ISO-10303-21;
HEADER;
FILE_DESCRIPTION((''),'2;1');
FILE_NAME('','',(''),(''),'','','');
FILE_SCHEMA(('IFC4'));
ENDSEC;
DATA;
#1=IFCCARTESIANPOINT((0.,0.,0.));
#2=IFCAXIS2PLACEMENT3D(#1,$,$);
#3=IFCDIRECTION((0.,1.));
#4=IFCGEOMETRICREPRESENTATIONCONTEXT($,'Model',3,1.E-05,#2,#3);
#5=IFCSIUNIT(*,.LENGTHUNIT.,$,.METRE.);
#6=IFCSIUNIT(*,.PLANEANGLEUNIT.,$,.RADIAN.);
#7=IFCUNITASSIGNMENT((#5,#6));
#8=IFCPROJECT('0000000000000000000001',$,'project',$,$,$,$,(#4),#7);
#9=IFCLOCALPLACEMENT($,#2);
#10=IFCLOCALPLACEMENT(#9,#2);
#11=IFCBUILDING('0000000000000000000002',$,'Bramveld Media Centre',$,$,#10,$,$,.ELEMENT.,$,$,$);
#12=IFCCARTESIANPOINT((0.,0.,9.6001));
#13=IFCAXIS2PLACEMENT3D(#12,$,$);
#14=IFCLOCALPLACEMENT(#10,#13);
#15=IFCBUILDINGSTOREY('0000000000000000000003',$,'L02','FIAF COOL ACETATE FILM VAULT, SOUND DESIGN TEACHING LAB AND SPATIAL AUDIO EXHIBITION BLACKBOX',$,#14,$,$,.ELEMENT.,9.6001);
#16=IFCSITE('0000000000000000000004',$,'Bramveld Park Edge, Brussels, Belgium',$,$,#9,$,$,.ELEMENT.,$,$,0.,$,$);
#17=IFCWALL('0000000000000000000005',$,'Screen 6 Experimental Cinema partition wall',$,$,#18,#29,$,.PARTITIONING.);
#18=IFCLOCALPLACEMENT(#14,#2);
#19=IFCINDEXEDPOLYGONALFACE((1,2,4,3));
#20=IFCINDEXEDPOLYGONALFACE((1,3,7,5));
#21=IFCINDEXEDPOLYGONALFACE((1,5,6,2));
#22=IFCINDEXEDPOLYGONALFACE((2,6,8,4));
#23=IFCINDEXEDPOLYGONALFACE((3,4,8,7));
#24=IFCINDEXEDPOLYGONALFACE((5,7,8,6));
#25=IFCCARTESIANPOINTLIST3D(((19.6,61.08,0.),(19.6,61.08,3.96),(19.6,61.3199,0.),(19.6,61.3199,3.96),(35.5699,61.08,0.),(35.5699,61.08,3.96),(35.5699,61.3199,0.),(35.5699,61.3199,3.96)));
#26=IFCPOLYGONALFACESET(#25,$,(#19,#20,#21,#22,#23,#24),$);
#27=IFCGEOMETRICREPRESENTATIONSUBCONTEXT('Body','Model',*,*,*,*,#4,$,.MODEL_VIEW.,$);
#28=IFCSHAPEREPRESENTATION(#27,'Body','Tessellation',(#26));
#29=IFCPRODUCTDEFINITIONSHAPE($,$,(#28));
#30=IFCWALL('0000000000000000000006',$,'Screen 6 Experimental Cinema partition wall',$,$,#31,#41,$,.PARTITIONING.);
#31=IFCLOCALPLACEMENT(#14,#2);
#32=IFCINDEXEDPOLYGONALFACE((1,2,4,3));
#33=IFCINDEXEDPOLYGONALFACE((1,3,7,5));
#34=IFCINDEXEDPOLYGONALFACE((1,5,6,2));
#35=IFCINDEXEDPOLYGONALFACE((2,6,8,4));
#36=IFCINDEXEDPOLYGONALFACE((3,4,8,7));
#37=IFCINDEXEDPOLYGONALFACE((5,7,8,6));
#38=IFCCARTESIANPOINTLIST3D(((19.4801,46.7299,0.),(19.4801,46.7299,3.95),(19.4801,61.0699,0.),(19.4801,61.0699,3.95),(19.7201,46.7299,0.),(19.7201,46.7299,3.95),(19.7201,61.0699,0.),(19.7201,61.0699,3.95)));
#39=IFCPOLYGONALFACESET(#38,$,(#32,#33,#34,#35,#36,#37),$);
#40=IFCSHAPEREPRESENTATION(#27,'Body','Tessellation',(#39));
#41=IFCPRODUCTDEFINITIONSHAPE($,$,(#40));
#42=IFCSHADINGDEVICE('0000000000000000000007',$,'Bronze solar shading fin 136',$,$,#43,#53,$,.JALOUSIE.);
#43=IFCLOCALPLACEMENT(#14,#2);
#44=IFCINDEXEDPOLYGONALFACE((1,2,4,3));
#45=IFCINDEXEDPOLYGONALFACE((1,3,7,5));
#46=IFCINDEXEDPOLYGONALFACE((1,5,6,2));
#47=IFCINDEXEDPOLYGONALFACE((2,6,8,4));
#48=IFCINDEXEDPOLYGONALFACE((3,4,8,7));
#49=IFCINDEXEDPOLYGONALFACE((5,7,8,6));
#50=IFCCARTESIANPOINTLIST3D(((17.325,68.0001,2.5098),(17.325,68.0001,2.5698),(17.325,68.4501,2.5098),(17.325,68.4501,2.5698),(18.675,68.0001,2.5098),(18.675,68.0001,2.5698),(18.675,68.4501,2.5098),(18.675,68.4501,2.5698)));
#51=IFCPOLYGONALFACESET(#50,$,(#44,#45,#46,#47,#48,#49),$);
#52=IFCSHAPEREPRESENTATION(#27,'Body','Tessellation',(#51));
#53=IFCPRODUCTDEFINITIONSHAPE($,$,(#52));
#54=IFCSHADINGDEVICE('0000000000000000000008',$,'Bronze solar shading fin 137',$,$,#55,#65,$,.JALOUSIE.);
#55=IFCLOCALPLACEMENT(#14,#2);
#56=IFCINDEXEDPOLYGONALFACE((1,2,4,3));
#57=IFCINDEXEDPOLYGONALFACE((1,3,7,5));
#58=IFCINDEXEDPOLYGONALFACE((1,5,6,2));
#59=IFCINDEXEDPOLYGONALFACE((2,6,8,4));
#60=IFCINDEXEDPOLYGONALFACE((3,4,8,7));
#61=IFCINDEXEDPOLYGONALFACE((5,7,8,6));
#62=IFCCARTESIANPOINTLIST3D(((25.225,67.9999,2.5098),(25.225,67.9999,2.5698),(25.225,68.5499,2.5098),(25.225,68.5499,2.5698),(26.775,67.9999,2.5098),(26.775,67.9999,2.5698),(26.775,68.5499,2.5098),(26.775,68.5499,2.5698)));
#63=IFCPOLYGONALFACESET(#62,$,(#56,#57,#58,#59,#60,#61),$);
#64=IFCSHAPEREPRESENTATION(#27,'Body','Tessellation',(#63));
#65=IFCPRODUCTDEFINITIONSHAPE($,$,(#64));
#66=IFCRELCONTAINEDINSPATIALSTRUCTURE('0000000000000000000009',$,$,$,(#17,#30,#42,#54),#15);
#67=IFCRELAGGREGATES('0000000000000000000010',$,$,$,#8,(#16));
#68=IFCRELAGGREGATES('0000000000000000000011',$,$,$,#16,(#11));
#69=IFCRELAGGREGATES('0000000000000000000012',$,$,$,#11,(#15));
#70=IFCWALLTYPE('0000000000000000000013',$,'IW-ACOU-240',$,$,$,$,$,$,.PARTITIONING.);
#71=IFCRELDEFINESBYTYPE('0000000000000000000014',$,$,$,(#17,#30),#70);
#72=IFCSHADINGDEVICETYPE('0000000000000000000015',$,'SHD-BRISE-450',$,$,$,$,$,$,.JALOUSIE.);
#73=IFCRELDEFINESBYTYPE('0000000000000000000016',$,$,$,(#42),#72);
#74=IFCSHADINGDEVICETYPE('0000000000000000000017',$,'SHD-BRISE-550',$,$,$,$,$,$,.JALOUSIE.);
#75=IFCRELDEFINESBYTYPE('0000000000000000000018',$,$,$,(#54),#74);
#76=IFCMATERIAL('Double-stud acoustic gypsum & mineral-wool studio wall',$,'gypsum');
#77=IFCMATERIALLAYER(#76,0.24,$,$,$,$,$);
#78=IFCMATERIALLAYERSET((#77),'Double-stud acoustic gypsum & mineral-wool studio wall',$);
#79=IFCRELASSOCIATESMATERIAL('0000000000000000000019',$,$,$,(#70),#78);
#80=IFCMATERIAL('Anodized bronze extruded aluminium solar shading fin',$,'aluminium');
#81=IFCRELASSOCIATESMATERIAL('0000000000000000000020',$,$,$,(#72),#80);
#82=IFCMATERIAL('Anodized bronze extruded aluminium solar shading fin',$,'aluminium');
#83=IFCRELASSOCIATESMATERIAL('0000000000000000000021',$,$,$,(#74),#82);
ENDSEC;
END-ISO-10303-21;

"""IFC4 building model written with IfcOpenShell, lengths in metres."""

from ifc_helpers import new_model, si_unit, direction, frame, frame_2d, origin, origin_2d, place, context, subcontext, project, spatial, rectangle, extrude, material, layer, layer_set, type_object, element, save


model = new_model("IFC4")

# Units and contexts
model_context = context("Model", 3, precision=1e-05, world=origin(), true_north=direction((0.0, 1.0)))
body_context = subcontext(model_context, "Body", "Model", "MODEL_VIEW")
ifc_project = project(units=[si_unit("LENGTHUNIT", "METRE"), si_unit("PLANEANGLEUNIT", "RADIAN")], contexts=[model_context])

# Site, building, storey
site_placement = place(None, origin())
site = spatial("IfcSite", under=ifc_project, at=site_placement, Name="Bramveld Park Edge, Brussels, Belgium", CompositionType="ELEMENT", RefElevation=0.0)
building_placement = place(site_placement, origin())
building = spatial("IfcBuilding", under=site, at=building_placement, Name="Bramveld Media Centre", CompositionType="ELEMENT")
storey_placement = place(building_placement, frame((0.0, 0.0, 9.6001)))
storey = spatial("IfcBuildingStorey", under=building, at=storey_placement, Name="L02", Description="FIAF COOL ACETATE FILM VAULT, SOUND DESIGN TEACHING LAB AND SPATIAL AUDIO EXHIBITION BLACKBOX", CompositionType="ELEMENT", Elevation=9.6001)

# Walls
ifc_material_1 = material(Name="Double-stud acoustic gypsum & mineral-wool studio wall", Category="gypsum")
ifc_layer = layer(ifc_material_1, 0.24)
ifc_layer_set = layer_set([ifc_layer], Name="Double-stud acoustic gypsum & mineral-wool studio wall")
wall_type = type_object("IfcWallType", Name="IW-ACOU-240", PredefinedType="PARTITIONING", material=ifc_layer_set)
wall_1_placement = place(storey_placement, frame((19.6001, 61.2, 0.0), z_axis=(0.0, 0.0, 1.0), x_axis=(1.0, 0.0, 0.0)))
element("IfcWall", 1, at=wall_1_placement, inside=storey, type_object=wall_type, Name="Screen 6 Experimental Cinema partition wall", PredefinedType="PARTITIONING", context=body_context, shape_type="SweptSolid", body=[
    extrude(rectangle(XDim=15.97, YDim=0.24, at=frame_2d((7.9849, 0.0))), origin(), (0.0, 0.0, 1.0), 3.96),
])
wall_2_placement = place(storey_placement, frame((19.6001, 46.73, 0.0), z_axis=(0.0, 0.0, 1.0), x_axis=(0.0, 1.0, 0.0)))
element("IfcWall", 2, at=wall_2_placement, inside=storey, type_object=wall_type, Name="Screen 6 Experimental Cinema partition wall", PredefinedType="PARTITIONING", context=body_context, shape_type="SweptSolid", body=[
    extrude(rectangle(XDim=14.3401, YDim=0.24, at=frame_2d((7.1699, 0.0))), origin(), (0.0, 0.0, 1.0), 3.95),
])

# Shading devices
ifc_material_2 = material(Name="Anodized bronze extruded aluminium solar shading fin", Category="aluminium")
shading_device_type_1 = type_object("IfcShadingDeviceType", Name="SHD-BRISE-450", PredefinedType="JALOUSIE", material=ifc_material_2)
shading_device_1_placement = place(storey_placement, frame((18.0, 68.2251, 2.5098), z_axis=(0.0, 0.0, 1.0), x_axis=(1.0, 0.0, 0.0)))
element("IfcShadingDevice", 3, at=shading_device_1_placement, inside=storey, type_object=shading_device_type_1, Name="Bronze solar shading fin 136", PredefinedType="JALOUSIE", context=body_context, shape_type="SweptSolid", body=[
    extrude(rectangle(XDim=1.3501, YDim=0.45, at=origin_2d()), origin(), (0.0, 0.0, 1.0), 0.0601),
])
ifc_material_3 = material(Name="Anodized bronze extruded aluminium solar shading fin", Category="aluminium")
shading_device_type_2 = type_object("IfcShadingDeviceType", Name="SHD-BRISE-550", PredefinedType="JALOUSIE", material=ifc_material_3)
shading_device_2_placement = place(storey_placement, frame((26.0, 68.2749, 2.5098), z_axis=(0.0, 0.0, 1.0), x_axis=(1.0, 0.0, 0.0)))
element("IfcShadingDevice", 4, at=shading_device_2_placement, inside=storey, type_object=shading_device_type_2, Name="Bronze solar shading fin 137", PredefinedType="JALOUSIE", context=body_context, shape_type="SweptSolid", body=[
    extrude(rectangle(XDim=1.55, YDim=0.55, at=origin_2d()), origin(), (0.0, 0.0, 1.0), 0.0601),
])

save(model, "model.ifc")
